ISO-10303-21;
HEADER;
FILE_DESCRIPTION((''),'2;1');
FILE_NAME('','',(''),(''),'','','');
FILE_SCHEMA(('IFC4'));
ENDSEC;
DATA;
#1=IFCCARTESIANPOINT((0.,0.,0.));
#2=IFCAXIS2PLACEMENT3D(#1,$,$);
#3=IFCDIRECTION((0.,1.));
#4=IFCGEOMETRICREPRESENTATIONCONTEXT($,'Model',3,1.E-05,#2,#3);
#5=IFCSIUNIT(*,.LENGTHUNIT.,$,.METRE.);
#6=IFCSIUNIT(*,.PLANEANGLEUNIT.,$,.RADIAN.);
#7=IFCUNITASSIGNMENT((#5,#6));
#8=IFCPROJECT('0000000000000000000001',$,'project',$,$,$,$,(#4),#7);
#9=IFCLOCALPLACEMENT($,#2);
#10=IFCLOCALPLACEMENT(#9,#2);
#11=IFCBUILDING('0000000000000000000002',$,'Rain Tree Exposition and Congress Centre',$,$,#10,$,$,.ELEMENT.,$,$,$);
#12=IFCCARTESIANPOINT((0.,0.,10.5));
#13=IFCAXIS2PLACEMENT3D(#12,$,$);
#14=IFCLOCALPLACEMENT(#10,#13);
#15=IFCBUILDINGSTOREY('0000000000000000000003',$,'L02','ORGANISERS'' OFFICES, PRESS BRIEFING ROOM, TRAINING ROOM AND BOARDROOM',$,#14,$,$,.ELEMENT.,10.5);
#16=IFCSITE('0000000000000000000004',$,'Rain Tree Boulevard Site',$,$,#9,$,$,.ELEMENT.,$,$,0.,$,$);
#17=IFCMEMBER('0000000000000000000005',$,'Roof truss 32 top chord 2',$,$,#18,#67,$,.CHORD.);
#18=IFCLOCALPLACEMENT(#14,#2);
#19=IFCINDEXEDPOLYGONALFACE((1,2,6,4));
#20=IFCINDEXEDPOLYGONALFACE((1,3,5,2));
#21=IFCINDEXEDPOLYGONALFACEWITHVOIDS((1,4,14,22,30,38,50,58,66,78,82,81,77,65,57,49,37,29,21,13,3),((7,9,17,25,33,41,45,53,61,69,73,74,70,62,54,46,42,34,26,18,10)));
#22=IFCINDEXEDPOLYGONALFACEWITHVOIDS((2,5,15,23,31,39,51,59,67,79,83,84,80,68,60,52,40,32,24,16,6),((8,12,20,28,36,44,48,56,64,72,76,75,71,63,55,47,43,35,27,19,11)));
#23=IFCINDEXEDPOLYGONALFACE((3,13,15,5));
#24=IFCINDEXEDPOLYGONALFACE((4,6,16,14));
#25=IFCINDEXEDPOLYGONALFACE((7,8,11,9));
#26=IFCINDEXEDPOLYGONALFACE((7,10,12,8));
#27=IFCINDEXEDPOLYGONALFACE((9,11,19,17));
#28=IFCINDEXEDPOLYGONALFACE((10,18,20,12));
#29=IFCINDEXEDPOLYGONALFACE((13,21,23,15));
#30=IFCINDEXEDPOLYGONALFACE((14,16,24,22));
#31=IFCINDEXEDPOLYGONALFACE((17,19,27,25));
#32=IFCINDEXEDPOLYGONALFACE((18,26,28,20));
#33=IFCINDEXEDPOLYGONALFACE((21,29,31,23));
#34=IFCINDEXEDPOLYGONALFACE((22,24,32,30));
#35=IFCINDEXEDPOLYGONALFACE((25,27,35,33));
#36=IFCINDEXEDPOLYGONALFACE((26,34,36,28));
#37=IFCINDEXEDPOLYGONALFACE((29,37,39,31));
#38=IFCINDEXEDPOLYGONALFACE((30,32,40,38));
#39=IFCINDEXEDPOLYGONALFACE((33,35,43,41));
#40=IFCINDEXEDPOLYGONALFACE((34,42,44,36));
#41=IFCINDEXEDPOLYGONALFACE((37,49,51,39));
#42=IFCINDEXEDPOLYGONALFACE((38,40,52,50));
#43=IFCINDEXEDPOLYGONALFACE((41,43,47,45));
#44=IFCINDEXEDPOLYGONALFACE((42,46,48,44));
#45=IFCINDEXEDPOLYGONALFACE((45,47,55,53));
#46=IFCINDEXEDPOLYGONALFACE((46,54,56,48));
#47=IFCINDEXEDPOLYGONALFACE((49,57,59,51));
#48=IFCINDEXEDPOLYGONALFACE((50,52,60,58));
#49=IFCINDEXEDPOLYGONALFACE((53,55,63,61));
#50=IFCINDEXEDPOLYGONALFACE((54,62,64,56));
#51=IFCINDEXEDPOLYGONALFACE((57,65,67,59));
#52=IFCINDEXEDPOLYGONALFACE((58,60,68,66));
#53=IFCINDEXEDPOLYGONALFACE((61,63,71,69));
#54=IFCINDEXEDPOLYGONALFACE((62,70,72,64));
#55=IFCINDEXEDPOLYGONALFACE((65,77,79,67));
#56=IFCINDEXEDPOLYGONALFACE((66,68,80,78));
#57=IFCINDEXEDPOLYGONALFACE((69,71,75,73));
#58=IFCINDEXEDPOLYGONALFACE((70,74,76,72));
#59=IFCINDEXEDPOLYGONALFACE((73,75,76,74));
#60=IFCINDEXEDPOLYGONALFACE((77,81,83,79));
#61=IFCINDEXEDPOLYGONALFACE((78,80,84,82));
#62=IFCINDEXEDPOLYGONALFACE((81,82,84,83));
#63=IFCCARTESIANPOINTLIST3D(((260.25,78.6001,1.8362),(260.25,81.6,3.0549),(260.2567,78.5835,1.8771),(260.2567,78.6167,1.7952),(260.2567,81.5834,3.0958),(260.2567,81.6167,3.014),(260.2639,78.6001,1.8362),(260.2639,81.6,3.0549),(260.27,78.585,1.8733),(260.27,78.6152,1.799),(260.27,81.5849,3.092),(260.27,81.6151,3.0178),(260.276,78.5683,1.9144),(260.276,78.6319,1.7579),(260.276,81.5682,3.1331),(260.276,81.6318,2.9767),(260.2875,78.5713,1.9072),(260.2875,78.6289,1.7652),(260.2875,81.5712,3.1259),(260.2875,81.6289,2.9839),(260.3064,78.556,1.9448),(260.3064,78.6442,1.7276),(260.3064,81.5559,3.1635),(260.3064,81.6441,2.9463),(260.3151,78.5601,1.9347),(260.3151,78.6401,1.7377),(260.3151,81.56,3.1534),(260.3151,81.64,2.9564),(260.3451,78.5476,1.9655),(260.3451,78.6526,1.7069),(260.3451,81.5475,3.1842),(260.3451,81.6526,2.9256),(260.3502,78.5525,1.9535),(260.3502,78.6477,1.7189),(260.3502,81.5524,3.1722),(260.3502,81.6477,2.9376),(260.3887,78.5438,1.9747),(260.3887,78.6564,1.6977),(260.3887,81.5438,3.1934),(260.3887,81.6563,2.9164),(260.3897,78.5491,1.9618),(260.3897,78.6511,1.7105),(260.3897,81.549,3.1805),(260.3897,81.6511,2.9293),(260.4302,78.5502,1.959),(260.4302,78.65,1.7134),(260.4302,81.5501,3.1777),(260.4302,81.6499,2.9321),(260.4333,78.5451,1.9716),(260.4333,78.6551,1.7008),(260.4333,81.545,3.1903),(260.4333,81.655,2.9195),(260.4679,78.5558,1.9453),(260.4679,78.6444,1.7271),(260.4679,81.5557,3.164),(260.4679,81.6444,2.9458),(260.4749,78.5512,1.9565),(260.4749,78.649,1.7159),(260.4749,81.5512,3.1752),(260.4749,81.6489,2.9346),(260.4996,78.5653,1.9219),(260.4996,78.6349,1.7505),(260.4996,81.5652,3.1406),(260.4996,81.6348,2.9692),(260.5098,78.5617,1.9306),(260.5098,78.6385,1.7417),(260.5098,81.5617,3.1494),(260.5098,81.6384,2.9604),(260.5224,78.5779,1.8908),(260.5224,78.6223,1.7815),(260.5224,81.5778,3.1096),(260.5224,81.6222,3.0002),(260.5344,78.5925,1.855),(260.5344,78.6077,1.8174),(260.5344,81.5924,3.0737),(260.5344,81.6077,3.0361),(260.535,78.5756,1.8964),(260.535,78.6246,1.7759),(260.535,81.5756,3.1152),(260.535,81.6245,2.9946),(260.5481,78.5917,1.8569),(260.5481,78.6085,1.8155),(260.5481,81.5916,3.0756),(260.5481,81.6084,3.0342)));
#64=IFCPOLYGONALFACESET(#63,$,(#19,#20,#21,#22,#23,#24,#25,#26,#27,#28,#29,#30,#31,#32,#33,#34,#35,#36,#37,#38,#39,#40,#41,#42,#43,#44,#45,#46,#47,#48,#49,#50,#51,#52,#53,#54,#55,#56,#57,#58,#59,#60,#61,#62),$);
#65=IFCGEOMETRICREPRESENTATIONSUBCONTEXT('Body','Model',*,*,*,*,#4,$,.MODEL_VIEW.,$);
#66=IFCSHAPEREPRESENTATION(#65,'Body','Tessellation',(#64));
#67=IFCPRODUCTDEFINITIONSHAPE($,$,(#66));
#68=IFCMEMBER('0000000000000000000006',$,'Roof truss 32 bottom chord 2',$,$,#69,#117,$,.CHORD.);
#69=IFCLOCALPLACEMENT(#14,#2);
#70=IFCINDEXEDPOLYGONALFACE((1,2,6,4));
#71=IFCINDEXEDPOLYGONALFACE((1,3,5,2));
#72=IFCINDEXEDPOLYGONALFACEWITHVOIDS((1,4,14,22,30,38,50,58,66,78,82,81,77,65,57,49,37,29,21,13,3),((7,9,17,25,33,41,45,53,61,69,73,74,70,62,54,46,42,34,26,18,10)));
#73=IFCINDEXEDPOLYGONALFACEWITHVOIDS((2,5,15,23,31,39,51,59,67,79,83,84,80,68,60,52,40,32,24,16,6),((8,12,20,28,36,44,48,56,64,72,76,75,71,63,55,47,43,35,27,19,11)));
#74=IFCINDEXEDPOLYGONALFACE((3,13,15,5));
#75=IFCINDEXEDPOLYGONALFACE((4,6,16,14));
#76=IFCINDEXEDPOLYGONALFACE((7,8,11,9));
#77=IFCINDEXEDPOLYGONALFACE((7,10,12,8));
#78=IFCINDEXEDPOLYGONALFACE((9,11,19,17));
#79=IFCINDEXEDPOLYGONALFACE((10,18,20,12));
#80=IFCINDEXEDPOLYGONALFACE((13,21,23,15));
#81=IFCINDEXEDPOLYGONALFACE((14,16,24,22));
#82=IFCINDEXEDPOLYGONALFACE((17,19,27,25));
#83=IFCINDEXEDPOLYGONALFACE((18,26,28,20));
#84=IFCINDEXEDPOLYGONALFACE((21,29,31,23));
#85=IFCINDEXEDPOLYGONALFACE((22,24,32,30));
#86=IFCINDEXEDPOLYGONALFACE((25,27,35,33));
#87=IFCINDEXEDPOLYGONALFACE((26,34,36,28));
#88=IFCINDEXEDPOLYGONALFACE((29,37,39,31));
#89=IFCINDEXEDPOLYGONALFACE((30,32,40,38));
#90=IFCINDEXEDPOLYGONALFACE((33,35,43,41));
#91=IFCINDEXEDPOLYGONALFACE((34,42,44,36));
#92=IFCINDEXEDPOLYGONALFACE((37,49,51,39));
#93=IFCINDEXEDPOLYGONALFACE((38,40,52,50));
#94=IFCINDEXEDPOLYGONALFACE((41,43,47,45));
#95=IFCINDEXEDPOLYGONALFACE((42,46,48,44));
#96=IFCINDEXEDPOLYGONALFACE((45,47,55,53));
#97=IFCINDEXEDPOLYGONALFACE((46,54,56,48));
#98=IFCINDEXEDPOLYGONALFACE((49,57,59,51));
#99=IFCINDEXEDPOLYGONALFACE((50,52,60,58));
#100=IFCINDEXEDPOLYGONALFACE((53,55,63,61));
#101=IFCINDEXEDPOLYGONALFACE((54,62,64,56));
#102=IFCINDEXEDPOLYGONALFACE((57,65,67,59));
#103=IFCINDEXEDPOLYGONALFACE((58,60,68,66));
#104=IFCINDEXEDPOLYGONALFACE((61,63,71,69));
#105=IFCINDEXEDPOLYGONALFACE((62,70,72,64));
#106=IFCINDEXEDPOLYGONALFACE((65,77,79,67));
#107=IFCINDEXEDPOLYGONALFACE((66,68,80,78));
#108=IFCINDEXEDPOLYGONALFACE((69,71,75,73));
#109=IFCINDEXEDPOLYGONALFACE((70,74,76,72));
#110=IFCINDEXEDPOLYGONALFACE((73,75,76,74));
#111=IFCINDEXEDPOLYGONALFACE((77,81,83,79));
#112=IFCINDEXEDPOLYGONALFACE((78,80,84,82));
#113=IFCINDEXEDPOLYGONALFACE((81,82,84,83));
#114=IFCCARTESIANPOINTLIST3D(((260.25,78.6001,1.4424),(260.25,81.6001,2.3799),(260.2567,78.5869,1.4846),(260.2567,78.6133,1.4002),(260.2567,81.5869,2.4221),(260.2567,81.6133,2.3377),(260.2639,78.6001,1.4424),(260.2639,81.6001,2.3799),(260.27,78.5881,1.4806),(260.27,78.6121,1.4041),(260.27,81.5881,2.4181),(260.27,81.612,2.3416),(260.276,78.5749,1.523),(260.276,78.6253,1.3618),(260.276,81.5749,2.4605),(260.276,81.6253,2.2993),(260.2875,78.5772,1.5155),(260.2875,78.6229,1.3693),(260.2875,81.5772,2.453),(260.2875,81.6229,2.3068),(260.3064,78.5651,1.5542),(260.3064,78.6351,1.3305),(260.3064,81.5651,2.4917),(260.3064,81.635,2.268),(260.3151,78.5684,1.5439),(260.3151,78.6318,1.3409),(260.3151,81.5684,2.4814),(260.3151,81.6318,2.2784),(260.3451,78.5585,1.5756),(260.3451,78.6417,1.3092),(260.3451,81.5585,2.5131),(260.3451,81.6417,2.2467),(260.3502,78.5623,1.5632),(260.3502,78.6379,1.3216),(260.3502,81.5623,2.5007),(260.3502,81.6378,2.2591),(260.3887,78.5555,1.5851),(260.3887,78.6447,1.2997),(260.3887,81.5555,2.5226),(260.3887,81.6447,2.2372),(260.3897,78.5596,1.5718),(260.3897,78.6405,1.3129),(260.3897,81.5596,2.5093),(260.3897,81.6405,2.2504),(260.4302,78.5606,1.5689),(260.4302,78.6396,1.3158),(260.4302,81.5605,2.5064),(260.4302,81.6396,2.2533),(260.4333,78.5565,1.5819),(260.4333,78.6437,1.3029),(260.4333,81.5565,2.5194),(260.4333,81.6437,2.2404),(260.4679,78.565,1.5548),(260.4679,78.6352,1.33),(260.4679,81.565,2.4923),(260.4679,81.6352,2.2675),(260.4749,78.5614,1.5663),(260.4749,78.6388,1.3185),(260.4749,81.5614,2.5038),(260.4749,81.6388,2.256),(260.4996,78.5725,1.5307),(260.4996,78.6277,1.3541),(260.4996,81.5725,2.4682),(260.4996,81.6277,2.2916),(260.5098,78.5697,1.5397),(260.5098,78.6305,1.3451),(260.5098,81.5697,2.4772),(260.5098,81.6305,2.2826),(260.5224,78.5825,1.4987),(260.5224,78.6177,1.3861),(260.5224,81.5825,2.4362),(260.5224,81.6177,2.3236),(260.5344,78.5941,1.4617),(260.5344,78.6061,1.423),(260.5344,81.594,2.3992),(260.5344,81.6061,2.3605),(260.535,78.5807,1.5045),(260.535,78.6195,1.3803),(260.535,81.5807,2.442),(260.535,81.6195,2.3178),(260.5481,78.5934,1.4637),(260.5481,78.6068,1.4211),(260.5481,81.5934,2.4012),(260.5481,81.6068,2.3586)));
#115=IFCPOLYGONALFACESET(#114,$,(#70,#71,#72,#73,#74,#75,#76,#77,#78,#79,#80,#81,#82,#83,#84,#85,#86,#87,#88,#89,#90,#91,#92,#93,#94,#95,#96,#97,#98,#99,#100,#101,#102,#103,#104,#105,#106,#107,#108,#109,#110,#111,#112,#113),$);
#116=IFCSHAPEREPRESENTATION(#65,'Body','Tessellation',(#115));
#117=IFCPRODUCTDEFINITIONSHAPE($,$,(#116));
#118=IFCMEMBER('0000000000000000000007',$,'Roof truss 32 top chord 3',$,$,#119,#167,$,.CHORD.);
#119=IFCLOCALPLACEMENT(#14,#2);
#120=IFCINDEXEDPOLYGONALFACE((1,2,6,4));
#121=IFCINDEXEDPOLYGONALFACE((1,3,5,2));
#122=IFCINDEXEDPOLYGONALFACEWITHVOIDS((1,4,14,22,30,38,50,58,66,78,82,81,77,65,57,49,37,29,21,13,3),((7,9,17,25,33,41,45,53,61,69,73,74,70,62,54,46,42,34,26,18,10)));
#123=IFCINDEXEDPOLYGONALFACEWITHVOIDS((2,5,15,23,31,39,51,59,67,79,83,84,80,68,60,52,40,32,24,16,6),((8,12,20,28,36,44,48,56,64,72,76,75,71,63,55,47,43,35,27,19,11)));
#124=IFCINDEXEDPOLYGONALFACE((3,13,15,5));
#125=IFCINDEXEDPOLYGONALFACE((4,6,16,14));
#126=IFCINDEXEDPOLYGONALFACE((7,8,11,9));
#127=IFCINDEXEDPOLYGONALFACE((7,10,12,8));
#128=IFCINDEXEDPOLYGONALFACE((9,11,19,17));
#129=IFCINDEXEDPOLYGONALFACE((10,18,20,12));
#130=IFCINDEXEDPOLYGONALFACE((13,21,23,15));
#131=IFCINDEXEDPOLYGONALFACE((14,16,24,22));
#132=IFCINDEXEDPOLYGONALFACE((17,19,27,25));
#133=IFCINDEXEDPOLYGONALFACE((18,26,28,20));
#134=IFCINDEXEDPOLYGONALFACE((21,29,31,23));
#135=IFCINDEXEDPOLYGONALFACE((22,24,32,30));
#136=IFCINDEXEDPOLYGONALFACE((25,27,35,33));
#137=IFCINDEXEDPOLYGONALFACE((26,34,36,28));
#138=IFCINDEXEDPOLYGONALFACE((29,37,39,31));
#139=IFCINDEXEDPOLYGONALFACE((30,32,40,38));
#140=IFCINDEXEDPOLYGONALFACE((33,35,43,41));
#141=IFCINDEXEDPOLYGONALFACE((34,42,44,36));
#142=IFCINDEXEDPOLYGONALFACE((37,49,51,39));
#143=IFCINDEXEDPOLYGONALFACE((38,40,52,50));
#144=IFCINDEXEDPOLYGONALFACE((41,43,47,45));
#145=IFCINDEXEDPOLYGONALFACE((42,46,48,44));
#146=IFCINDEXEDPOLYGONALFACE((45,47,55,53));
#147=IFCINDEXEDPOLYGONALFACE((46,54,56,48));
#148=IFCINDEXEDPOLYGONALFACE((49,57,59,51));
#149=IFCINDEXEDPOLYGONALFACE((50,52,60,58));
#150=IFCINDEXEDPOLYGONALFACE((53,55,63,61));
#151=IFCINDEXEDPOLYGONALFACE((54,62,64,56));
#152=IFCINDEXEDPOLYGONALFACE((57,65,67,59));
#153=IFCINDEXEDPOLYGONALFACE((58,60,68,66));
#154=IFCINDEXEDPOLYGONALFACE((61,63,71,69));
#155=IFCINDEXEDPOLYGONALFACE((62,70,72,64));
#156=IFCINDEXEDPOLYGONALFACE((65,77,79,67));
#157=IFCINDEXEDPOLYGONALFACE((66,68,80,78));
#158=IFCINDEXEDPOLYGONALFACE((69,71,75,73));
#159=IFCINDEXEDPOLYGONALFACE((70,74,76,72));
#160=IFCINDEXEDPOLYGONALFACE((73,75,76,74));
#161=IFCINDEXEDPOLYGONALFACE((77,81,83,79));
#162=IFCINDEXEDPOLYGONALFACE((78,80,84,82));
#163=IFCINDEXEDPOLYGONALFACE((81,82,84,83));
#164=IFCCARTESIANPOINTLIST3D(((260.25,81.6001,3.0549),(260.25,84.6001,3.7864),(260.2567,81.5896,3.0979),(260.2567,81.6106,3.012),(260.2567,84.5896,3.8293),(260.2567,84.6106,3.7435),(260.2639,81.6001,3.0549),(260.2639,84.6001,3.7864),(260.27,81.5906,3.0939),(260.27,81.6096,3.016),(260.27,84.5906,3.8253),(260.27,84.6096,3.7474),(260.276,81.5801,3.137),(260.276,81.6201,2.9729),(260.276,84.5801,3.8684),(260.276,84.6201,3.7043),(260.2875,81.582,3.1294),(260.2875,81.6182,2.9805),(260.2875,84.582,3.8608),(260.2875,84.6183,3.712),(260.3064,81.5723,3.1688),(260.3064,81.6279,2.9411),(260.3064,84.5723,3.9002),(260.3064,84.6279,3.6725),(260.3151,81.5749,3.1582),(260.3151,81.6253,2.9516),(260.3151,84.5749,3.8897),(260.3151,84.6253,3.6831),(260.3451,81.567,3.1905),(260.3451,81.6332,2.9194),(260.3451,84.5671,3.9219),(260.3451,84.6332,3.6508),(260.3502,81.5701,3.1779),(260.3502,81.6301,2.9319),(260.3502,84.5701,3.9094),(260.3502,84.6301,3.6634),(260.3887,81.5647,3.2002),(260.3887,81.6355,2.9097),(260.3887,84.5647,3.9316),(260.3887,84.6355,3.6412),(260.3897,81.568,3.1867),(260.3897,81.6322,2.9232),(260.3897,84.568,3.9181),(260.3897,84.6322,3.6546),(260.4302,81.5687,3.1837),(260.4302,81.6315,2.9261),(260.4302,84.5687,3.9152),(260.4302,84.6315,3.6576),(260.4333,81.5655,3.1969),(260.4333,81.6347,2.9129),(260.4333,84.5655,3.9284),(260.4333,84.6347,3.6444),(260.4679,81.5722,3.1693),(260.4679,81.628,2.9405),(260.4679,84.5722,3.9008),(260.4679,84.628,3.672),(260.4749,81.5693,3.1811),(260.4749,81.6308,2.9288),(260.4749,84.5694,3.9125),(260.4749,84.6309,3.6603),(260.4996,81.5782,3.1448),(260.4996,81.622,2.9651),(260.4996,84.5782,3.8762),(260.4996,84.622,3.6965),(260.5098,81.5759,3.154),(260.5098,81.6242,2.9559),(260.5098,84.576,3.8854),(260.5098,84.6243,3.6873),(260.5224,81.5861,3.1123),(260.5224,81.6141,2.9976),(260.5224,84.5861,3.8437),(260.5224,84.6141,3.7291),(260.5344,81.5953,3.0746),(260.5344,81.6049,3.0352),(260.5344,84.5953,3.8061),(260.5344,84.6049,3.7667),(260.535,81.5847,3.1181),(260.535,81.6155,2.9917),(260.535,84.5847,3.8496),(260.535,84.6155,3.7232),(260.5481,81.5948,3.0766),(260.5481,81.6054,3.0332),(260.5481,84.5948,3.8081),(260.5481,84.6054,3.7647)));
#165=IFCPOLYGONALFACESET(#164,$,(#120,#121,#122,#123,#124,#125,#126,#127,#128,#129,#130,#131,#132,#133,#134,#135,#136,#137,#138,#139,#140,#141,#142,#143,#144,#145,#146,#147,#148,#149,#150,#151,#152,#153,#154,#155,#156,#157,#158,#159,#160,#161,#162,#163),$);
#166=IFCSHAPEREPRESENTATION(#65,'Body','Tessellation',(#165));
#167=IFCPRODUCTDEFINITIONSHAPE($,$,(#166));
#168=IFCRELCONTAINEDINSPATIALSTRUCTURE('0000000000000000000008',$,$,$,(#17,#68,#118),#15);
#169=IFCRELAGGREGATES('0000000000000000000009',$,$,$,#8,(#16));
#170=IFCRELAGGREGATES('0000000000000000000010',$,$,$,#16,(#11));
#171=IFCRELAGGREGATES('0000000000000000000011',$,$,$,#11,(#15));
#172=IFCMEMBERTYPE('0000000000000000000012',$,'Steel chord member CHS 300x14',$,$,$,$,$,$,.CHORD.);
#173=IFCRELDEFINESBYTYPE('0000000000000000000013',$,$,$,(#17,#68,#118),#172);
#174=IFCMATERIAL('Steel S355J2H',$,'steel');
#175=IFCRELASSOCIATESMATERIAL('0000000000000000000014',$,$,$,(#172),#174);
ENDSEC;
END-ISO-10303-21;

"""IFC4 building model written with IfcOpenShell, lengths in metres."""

from ifc_helpers import new_model, si_unit, direction, frame, origin, origin_2d, place, context, subcontext, project, spatial, hollow_circle, extrude, material, material_profile, profile_set, type_object, element, save


model = new_model("IFC4")

# Units and contexts
model_context = context("Model", 3, precision=1e-05, world=origin(), true_north=direction((0.0, 1.0)))
body_context = subcontext(model_context, "Body", "Model", "MODEL_VIEW")
ifc_project = project(units=[si_unit("LENGTHUNIT", "METRE"), si_unit("PLANEANGLEUNIT", "RADIAN")], contexts=[model_context])

# Site, building, storey
site_placement = place(None, origin())
site = spatial("IfcSite", under=ifc_project, at=site_placement, Name="Rain Tree Boulevard Site", CompositionType="ELEMENT", RefElevation=0.0)
building_placement = place(site_placement, origin())
building = spatial("IfcBuilding", under=site, at=building_placement, Name="Rain Tree Exposition and Congress Centre", CompositionType="ELEMENT")
storey_placement = place(building_placement, frame((0.0, 0.0, 10.5)))
storey = spatial("IfcBuildingStorey", under=building, at=storey_placement, Name="L02", Description="ORGANISERS' OFFICES, PRESS BRIEFING ROOM, TRAINING ROOM AND BOARDROOM", CompositionType="ELEMENT", Elevation=10.5)

# Members
ifc_material_1 = material(Name="Steel S355J2H", Category="steel")
ifc_material_profile_1 = material_profile(ifc_material_1, hollow_circle(Radius=0.1499, WallThickness=0.0139, at=origin_2d()), Name="CHS 300x14")
ifc_profile_set_1 = profile_set([ifc_material_profile_1], Name="Steel S355J2H")
member_type_1 = type_object("IfcMemberType", Name="Steel chord member CHS 300x14", PredefinedType="CHORD", material=ifc_profile_set_1)
member_1_placement = place(storey_placement, frame((260.3999, 78.6001, 1.8362), z_axis=(0.0, 0.926467, 0.376377), x_axis=(-1.0, 0.0, 0.0)))
element("IfcMember", 1, at=member_1_placement, inside=storey, type_object=member_type_1, Name="Roof truss 32 top chord 2", PredefinedType="CHORD", context=body_context, shape_type="SweptSolid", body=[
    extrude(hollow_circle(Radius=0.1499, WallThickness=0.0139, at=origin_2d()), origin(), (0.0, 0.0, 1.0), 3.238),
])
member_2_placement = place(storey_placement, frame((260.3999, 78.6001, 1.4424), z_axis=(0.0, 0.95448, 0.298275), x_axis=(-1.0, 0.0, 0.0)))
element("IfcMember", 2, at=member_2_placement, inside=storey, type_object=member_type_1, Name="Roof truss 32 bottom chord 2", PredefinedType="CHORD", context=body_context, shape_type="SweptSolid", body=[
    extrude(hollow_circle(Radius=0.1499, WallThickness=0.0139, at=origin_2d()), origin(), (0.0, 0.0, 1.0), 3.1431),
])
member_3_placement = place(storey_placement, frame((260.3999, 81.6001, 3.0549), z_axis=(0.0, 0.97154, 0.236876), x_axis=(-1.0, 0.0, 0.0)))
element("IfcMember", 3, at=member_3_placement, inside=storey, type_object=member_type_1, Name="Roof truss 32 top chord 3", PredefinedType="CHORD", context=body_context, shape_type="SweptSolid", body=[
    extrude(hollow_circle(Radius=0.1499, WallThickness=0.0139, at=origin_2d()), origin(), (0.0, 0.0, 1.0), 3.0879),
])

save(model, "model.ifc")
